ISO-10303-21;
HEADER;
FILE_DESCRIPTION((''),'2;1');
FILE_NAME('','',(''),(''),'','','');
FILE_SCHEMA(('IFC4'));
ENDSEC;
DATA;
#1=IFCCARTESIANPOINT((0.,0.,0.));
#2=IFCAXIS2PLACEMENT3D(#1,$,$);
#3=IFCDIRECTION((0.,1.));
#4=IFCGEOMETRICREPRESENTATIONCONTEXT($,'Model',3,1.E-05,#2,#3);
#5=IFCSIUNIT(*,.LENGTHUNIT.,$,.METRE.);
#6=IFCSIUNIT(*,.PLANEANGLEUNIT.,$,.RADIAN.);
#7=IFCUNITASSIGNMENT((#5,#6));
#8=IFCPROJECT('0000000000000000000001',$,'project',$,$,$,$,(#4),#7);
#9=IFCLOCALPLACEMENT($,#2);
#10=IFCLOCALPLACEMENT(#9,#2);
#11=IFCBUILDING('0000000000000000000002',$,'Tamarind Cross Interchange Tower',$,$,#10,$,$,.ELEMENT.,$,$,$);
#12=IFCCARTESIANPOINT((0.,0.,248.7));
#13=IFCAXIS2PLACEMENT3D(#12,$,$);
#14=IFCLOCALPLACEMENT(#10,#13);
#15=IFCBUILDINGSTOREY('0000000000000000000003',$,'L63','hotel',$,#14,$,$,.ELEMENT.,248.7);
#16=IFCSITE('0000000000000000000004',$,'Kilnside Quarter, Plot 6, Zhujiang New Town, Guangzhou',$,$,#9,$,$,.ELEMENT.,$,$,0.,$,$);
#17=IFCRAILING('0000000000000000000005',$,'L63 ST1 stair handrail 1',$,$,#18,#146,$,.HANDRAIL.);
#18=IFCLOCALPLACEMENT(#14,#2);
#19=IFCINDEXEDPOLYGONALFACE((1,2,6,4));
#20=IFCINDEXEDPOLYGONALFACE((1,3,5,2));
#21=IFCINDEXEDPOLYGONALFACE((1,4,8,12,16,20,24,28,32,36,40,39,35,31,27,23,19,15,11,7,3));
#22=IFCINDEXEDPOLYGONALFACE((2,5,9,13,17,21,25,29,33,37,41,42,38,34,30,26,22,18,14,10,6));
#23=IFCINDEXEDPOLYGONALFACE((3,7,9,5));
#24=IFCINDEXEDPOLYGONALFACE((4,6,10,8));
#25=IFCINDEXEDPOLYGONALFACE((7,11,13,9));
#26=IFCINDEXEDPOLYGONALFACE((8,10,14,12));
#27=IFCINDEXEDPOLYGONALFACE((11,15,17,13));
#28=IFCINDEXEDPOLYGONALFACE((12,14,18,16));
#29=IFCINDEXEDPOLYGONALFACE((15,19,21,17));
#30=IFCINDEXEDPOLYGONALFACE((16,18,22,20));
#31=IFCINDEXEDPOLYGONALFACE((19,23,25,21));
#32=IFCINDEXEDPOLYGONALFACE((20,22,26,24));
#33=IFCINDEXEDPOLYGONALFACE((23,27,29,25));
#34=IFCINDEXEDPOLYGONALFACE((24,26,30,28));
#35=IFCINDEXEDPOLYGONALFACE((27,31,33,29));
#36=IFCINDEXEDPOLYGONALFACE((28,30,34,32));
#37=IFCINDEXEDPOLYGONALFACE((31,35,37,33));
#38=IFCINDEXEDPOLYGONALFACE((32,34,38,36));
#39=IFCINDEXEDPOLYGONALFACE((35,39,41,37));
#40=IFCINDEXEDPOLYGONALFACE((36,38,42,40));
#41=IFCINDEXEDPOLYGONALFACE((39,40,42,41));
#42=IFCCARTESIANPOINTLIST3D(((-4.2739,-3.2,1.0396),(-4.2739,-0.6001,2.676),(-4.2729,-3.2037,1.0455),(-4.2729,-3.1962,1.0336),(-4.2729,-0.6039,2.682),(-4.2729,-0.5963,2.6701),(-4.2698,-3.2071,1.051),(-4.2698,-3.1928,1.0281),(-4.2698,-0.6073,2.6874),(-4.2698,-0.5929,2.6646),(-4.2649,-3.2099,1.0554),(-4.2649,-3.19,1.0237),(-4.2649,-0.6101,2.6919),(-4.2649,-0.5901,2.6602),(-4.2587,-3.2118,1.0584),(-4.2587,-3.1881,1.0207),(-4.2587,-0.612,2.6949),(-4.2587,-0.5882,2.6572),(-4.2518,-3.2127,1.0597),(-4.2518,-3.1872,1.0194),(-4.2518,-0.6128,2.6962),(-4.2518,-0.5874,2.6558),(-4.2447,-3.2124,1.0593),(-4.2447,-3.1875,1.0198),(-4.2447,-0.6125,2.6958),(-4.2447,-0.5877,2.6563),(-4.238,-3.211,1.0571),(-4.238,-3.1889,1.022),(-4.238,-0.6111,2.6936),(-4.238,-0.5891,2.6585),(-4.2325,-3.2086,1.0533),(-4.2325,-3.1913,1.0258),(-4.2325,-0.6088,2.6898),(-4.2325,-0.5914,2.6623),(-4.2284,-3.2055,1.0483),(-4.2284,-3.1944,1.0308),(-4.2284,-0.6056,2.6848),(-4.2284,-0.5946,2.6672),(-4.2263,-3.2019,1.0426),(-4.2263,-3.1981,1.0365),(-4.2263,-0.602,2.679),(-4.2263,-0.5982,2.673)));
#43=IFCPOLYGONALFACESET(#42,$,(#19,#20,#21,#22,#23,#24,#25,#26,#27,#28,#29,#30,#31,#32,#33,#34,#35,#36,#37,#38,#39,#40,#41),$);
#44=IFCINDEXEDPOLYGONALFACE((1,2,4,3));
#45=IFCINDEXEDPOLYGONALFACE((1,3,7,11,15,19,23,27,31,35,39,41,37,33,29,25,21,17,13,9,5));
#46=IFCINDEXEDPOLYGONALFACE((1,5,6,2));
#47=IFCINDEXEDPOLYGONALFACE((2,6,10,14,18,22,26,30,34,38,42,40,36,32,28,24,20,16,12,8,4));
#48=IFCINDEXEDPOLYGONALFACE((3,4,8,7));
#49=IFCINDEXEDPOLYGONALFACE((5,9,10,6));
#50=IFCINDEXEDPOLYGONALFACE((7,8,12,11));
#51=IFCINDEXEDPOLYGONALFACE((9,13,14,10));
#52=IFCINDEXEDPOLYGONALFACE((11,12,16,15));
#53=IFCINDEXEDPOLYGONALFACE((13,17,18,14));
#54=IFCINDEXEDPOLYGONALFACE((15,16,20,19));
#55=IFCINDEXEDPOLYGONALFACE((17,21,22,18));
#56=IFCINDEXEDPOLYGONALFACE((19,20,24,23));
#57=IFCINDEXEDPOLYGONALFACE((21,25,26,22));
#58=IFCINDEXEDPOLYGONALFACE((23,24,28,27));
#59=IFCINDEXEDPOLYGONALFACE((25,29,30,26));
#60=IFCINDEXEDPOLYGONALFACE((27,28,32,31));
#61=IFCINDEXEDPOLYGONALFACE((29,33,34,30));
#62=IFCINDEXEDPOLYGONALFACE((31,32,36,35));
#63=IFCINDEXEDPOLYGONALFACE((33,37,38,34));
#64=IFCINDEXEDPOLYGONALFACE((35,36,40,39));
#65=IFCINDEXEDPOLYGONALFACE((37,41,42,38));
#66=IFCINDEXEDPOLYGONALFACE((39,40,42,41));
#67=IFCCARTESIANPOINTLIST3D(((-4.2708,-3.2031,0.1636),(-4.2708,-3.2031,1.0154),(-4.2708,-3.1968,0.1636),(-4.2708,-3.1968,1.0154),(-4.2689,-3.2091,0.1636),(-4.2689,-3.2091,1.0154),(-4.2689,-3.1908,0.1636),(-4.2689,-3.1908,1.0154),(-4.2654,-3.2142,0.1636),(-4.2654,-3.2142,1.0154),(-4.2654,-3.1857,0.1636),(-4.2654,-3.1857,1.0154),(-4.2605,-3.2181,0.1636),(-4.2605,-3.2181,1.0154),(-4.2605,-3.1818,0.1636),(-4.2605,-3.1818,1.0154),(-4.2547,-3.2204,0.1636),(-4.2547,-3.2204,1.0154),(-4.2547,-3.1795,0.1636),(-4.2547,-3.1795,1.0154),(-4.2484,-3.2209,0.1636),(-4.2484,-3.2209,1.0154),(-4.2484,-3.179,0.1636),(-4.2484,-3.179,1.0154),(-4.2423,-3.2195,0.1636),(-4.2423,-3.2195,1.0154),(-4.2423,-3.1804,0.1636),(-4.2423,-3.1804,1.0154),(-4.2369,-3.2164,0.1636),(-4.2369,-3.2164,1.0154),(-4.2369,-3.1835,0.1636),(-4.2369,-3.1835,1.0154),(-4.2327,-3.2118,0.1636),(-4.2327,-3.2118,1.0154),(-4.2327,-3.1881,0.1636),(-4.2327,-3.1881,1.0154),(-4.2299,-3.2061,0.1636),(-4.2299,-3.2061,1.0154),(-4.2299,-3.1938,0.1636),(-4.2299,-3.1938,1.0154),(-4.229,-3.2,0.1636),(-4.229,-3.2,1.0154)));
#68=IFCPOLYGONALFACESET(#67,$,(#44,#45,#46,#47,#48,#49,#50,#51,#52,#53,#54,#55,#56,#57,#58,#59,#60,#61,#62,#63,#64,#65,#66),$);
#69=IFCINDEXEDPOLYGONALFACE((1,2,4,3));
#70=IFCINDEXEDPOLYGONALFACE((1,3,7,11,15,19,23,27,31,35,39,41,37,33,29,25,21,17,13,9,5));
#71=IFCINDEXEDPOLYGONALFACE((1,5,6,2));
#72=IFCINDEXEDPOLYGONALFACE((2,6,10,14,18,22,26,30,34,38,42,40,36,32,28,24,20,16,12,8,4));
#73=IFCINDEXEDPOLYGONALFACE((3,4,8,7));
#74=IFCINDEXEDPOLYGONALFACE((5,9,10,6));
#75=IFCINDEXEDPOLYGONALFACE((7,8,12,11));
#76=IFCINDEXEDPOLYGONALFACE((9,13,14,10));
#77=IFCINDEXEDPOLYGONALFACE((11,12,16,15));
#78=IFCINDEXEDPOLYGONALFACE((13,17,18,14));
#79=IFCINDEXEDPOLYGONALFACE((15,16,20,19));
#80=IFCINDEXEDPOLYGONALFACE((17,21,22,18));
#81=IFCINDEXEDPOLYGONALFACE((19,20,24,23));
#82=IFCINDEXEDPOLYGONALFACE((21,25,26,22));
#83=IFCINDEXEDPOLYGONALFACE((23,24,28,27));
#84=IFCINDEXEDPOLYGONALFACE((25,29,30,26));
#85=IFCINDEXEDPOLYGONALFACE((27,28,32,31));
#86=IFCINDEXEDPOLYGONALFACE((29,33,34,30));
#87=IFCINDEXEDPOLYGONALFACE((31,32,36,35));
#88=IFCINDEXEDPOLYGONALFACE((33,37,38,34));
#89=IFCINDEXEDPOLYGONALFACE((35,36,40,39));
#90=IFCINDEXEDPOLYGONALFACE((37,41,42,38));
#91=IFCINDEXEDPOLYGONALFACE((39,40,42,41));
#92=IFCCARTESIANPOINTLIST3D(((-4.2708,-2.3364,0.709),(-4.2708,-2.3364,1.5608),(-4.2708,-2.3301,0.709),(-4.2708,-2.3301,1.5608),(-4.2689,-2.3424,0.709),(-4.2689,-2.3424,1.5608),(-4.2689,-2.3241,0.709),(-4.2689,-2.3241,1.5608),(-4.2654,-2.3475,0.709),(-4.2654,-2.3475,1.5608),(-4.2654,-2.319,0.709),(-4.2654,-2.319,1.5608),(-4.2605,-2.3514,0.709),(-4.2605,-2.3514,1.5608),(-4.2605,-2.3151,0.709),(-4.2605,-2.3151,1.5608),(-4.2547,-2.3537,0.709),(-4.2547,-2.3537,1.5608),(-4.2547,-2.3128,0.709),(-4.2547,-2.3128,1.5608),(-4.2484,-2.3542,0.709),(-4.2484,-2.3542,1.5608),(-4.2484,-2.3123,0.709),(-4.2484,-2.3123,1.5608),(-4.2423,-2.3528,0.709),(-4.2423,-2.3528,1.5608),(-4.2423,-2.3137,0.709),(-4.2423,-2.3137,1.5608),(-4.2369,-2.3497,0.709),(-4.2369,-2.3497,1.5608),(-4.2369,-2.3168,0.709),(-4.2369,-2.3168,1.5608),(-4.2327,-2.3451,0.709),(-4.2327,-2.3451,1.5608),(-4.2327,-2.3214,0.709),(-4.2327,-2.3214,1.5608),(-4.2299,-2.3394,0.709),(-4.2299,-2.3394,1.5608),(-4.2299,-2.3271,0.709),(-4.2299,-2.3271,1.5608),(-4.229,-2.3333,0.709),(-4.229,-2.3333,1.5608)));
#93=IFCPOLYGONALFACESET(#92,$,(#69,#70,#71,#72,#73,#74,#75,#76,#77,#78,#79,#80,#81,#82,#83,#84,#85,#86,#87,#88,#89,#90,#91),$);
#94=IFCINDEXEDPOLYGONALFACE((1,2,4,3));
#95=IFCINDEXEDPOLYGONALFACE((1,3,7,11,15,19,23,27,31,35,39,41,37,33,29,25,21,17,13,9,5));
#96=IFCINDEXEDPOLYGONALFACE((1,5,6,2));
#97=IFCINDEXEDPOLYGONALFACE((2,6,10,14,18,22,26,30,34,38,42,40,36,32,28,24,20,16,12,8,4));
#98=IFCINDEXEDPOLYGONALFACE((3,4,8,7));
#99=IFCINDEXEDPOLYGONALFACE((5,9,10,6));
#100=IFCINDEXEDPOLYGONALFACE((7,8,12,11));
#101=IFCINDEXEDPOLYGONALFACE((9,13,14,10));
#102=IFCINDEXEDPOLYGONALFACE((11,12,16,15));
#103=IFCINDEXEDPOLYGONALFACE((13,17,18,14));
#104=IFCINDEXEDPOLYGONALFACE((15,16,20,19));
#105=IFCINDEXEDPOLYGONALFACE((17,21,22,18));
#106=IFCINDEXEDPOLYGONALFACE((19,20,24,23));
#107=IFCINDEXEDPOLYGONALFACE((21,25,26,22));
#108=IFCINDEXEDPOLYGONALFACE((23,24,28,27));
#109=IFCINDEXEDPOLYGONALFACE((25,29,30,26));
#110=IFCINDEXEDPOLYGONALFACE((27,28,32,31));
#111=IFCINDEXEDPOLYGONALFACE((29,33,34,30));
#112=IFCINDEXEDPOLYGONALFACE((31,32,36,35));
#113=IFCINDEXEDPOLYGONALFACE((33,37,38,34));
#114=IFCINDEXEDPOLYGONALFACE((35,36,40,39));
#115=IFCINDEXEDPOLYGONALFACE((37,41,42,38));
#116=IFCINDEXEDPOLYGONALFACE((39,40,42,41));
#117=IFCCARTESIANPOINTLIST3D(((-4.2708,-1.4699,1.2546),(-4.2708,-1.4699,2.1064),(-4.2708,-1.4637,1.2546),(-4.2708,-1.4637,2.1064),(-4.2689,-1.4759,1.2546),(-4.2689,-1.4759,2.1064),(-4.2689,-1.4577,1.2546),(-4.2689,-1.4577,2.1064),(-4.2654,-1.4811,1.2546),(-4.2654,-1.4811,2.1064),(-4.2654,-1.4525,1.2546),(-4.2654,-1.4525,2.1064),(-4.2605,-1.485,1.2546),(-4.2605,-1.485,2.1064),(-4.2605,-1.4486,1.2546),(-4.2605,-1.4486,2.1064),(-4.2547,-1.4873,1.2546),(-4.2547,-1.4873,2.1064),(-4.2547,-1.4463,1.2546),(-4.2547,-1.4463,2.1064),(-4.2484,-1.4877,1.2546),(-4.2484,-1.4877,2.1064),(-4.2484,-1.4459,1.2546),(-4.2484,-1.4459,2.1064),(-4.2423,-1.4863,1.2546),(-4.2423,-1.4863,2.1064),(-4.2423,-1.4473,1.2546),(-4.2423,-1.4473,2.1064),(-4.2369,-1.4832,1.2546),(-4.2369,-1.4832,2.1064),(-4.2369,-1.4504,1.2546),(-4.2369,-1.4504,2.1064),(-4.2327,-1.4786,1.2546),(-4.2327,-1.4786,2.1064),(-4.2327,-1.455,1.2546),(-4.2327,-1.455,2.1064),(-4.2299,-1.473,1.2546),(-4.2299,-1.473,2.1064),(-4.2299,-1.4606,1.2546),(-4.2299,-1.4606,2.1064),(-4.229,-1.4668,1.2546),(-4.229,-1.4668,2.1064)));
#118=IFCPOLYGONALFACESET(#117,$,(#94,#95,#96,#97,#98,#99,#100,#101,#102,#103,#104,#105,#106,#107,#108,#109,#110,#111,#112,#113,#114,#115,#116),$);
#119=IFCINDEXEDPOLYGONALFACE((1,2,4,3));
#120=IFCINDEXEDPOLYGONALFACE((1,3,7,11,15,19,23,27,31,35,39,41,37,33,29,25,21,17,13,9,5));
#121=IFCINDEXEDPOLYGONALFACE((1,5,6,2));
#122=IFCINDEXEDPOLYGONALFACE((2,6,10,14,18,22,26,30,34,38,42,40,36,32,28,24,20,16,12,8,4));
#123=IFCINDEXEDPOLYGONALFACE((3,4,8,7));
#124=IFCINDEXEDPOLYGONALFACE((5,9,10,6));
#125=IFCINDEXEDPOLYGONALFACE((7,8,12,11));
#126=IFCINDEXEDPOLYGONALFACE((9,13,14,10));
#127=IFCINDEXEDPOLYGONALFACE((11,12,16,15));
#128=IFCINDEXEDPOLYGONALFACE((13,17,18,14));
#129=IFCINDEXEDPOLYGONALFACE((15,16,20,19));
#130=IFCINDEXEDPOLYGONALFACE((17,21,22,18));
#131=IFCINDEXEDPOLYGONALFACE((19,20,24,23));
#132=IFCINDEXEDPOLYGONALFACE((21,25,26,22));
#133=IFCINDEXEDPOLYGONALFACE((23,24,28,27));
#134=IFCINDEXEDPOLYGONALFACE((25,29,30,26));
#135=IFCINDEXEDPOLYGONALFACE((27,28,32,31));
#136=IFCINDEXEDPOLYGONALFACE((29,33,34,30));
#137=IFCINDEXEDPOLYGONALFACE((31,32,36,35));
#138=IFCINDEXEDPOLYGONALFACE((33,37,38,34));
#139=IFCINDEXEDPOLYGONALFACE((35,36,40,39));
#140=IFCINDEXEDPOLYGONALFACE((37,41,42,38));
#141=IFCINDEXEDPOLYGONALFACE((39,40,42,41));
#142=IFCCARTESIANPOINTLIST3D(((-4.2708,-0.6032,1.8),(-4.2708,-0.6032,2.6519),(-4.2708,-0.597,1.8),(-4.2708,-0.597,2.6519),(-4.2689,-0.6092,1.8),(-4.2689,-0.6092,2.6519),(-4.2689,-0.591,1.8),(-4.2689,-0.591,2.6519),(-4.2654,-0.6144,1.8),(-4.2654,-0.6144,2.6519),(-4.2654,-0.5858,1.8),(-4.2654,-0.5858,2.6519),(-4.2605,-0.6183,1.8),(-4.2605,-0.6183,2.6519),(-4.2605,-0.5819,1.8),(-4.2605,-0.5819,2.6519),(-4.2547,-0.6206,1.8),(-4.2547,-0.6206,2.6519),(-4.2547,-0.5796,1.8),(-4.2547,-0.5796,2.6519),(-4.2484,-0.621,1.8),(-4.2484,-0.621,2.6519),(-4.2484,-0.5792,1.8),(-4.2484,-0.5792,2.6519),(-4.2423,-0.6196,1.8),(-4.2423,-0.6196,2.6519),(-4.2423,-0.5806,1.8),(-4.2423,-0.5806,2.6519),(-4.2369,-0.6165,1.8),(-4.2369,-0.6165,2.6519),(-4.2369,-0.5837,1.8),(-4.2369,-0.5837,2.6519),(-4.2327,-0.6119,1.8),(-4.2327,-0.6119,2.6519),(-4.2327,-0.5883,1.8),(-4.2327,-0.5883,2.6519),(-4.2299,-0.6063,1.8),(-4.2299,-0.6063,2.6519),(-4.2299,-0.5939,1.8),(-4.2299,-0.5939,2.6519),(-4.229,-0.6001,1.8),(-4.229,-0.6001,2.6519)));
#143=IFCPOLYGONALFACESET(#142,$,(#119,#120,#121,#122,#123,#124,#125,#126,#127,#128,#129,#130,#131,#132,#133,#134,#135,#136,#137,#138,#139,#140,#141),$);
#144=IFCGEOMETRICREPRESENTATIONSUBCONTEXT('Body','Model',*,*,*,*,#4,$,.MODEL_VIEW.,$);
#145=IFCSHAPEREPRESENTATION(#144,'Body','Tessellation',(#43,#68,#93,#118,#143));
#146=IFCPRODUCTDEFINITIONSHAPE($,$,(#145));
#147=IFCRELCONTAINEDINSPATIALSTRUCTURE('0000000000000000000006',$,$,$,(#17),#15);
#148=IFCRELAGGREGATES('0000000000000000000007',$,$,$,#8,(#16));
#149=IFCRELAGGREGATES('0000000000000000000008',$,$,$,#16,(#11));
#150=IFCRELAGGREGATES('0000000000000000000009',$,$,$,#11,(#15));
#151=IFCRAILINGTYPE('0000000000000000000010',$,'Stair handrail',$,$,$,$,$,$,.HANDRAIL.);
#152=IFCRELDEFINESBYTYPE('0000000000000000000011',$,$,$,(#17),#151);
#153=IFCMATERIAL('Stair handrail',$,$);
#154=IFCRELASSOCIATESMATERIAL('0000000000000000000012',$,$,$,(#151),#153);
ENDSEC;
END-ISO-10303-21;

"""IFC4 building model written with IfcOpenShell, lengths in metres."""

from ifc_helpers import new_model, si_unit, direction, frame, origin, origin_2d, place, context, subcontext, project, spatial, circle, extrude, material, type_object, element, save


model = new_model("IFC4")

# Units and contexts
model_context = context("Model", 3, precision=1e-05, world=origin(), true_north=direction((0.0, 1.0)))
body_context = subcontext(model_context, "Body", "Model", "MODEL_VIEW")
ifc_project = project(units=[si_unit("LENGTHUNIT", "METRE"), si_unit("PLANEANGLEUNIT", "RADIAN")], contexts=[model_context])

# Site, building, storey
site_placement = place(None, origin())
site = spatial("IfcSite", under=ifc_project, at=site_placement, Name="Kilnside Quarter, Plot 6, Zhujiang New Town, Guangzhou", CompositionType="ELEMENT", RefElevation=0.0)
building_placement = place(site_placement, origin())
building = spatial("IfcBuilding", under=site, at=building_placement, Name="Tamarind Cross Interchange Tower", CompositionType="ELEMENT")
storey_placement = place(building_placement, frame((0.0, 0.0, 248.7)))
storey = spatial("IfcBuildingStorey", under=building, at=storey_placement, Name="L63", Description="hotel", CompositionType="ELEMENT", Elevation=248.7)

# Railing
ifc_material_1 = material(Name="Stair handrail")
railing_type_1 = type_object("IfcRailingType", Name="Stair handrail", PredefinedType="HANDRAIL", material=ifc_material_1)
railing_1_placement = place(storey_placement, frame((-4.25, -3.2, 0.1636)))
element("IfcRailing", 1, at=railing_1_placement, inside=storey, type_object=railing_type_1, Name="L63 ST1 stair handrail 1", PredefinedType="HANDRAIL", context=body_context, shape_type="SweptSolid", body=[
    extrude(circle(Radius=0.0239, at=origin_2d()), frame((0.0, 0.0, 0.876), z_axis=(0.0, 0.846302, 0.532704), x_axis=(-1.0, 0.0, 0.0)), (0.0, 0.0, 1.0), 3.072),
    extrude(circle(Radius=0.021, at=origin_2d()), origin(), (0.0, 0.0, 1.0), 0.8518),
    extrude(circle(Radius=0.021, at=origin_2d()), frame((0.0, 0.8667, 0.5454)), (0.0, 0.0, 1.0), 0.8518),
    extrude(circle(Radius=0.021, at=origin_2d()), frame((0.0, 1.7332, 1.0911)), (0.0, 0.0, 1.0), 0.8518),
    extrude(circle(Radius=0.021, at=origin_2d()), frame((0.0, 2.5999, 1.6365)), (0.0, 0.0, 1.0), 0.8518),
])

save(model, "model.ifc")
